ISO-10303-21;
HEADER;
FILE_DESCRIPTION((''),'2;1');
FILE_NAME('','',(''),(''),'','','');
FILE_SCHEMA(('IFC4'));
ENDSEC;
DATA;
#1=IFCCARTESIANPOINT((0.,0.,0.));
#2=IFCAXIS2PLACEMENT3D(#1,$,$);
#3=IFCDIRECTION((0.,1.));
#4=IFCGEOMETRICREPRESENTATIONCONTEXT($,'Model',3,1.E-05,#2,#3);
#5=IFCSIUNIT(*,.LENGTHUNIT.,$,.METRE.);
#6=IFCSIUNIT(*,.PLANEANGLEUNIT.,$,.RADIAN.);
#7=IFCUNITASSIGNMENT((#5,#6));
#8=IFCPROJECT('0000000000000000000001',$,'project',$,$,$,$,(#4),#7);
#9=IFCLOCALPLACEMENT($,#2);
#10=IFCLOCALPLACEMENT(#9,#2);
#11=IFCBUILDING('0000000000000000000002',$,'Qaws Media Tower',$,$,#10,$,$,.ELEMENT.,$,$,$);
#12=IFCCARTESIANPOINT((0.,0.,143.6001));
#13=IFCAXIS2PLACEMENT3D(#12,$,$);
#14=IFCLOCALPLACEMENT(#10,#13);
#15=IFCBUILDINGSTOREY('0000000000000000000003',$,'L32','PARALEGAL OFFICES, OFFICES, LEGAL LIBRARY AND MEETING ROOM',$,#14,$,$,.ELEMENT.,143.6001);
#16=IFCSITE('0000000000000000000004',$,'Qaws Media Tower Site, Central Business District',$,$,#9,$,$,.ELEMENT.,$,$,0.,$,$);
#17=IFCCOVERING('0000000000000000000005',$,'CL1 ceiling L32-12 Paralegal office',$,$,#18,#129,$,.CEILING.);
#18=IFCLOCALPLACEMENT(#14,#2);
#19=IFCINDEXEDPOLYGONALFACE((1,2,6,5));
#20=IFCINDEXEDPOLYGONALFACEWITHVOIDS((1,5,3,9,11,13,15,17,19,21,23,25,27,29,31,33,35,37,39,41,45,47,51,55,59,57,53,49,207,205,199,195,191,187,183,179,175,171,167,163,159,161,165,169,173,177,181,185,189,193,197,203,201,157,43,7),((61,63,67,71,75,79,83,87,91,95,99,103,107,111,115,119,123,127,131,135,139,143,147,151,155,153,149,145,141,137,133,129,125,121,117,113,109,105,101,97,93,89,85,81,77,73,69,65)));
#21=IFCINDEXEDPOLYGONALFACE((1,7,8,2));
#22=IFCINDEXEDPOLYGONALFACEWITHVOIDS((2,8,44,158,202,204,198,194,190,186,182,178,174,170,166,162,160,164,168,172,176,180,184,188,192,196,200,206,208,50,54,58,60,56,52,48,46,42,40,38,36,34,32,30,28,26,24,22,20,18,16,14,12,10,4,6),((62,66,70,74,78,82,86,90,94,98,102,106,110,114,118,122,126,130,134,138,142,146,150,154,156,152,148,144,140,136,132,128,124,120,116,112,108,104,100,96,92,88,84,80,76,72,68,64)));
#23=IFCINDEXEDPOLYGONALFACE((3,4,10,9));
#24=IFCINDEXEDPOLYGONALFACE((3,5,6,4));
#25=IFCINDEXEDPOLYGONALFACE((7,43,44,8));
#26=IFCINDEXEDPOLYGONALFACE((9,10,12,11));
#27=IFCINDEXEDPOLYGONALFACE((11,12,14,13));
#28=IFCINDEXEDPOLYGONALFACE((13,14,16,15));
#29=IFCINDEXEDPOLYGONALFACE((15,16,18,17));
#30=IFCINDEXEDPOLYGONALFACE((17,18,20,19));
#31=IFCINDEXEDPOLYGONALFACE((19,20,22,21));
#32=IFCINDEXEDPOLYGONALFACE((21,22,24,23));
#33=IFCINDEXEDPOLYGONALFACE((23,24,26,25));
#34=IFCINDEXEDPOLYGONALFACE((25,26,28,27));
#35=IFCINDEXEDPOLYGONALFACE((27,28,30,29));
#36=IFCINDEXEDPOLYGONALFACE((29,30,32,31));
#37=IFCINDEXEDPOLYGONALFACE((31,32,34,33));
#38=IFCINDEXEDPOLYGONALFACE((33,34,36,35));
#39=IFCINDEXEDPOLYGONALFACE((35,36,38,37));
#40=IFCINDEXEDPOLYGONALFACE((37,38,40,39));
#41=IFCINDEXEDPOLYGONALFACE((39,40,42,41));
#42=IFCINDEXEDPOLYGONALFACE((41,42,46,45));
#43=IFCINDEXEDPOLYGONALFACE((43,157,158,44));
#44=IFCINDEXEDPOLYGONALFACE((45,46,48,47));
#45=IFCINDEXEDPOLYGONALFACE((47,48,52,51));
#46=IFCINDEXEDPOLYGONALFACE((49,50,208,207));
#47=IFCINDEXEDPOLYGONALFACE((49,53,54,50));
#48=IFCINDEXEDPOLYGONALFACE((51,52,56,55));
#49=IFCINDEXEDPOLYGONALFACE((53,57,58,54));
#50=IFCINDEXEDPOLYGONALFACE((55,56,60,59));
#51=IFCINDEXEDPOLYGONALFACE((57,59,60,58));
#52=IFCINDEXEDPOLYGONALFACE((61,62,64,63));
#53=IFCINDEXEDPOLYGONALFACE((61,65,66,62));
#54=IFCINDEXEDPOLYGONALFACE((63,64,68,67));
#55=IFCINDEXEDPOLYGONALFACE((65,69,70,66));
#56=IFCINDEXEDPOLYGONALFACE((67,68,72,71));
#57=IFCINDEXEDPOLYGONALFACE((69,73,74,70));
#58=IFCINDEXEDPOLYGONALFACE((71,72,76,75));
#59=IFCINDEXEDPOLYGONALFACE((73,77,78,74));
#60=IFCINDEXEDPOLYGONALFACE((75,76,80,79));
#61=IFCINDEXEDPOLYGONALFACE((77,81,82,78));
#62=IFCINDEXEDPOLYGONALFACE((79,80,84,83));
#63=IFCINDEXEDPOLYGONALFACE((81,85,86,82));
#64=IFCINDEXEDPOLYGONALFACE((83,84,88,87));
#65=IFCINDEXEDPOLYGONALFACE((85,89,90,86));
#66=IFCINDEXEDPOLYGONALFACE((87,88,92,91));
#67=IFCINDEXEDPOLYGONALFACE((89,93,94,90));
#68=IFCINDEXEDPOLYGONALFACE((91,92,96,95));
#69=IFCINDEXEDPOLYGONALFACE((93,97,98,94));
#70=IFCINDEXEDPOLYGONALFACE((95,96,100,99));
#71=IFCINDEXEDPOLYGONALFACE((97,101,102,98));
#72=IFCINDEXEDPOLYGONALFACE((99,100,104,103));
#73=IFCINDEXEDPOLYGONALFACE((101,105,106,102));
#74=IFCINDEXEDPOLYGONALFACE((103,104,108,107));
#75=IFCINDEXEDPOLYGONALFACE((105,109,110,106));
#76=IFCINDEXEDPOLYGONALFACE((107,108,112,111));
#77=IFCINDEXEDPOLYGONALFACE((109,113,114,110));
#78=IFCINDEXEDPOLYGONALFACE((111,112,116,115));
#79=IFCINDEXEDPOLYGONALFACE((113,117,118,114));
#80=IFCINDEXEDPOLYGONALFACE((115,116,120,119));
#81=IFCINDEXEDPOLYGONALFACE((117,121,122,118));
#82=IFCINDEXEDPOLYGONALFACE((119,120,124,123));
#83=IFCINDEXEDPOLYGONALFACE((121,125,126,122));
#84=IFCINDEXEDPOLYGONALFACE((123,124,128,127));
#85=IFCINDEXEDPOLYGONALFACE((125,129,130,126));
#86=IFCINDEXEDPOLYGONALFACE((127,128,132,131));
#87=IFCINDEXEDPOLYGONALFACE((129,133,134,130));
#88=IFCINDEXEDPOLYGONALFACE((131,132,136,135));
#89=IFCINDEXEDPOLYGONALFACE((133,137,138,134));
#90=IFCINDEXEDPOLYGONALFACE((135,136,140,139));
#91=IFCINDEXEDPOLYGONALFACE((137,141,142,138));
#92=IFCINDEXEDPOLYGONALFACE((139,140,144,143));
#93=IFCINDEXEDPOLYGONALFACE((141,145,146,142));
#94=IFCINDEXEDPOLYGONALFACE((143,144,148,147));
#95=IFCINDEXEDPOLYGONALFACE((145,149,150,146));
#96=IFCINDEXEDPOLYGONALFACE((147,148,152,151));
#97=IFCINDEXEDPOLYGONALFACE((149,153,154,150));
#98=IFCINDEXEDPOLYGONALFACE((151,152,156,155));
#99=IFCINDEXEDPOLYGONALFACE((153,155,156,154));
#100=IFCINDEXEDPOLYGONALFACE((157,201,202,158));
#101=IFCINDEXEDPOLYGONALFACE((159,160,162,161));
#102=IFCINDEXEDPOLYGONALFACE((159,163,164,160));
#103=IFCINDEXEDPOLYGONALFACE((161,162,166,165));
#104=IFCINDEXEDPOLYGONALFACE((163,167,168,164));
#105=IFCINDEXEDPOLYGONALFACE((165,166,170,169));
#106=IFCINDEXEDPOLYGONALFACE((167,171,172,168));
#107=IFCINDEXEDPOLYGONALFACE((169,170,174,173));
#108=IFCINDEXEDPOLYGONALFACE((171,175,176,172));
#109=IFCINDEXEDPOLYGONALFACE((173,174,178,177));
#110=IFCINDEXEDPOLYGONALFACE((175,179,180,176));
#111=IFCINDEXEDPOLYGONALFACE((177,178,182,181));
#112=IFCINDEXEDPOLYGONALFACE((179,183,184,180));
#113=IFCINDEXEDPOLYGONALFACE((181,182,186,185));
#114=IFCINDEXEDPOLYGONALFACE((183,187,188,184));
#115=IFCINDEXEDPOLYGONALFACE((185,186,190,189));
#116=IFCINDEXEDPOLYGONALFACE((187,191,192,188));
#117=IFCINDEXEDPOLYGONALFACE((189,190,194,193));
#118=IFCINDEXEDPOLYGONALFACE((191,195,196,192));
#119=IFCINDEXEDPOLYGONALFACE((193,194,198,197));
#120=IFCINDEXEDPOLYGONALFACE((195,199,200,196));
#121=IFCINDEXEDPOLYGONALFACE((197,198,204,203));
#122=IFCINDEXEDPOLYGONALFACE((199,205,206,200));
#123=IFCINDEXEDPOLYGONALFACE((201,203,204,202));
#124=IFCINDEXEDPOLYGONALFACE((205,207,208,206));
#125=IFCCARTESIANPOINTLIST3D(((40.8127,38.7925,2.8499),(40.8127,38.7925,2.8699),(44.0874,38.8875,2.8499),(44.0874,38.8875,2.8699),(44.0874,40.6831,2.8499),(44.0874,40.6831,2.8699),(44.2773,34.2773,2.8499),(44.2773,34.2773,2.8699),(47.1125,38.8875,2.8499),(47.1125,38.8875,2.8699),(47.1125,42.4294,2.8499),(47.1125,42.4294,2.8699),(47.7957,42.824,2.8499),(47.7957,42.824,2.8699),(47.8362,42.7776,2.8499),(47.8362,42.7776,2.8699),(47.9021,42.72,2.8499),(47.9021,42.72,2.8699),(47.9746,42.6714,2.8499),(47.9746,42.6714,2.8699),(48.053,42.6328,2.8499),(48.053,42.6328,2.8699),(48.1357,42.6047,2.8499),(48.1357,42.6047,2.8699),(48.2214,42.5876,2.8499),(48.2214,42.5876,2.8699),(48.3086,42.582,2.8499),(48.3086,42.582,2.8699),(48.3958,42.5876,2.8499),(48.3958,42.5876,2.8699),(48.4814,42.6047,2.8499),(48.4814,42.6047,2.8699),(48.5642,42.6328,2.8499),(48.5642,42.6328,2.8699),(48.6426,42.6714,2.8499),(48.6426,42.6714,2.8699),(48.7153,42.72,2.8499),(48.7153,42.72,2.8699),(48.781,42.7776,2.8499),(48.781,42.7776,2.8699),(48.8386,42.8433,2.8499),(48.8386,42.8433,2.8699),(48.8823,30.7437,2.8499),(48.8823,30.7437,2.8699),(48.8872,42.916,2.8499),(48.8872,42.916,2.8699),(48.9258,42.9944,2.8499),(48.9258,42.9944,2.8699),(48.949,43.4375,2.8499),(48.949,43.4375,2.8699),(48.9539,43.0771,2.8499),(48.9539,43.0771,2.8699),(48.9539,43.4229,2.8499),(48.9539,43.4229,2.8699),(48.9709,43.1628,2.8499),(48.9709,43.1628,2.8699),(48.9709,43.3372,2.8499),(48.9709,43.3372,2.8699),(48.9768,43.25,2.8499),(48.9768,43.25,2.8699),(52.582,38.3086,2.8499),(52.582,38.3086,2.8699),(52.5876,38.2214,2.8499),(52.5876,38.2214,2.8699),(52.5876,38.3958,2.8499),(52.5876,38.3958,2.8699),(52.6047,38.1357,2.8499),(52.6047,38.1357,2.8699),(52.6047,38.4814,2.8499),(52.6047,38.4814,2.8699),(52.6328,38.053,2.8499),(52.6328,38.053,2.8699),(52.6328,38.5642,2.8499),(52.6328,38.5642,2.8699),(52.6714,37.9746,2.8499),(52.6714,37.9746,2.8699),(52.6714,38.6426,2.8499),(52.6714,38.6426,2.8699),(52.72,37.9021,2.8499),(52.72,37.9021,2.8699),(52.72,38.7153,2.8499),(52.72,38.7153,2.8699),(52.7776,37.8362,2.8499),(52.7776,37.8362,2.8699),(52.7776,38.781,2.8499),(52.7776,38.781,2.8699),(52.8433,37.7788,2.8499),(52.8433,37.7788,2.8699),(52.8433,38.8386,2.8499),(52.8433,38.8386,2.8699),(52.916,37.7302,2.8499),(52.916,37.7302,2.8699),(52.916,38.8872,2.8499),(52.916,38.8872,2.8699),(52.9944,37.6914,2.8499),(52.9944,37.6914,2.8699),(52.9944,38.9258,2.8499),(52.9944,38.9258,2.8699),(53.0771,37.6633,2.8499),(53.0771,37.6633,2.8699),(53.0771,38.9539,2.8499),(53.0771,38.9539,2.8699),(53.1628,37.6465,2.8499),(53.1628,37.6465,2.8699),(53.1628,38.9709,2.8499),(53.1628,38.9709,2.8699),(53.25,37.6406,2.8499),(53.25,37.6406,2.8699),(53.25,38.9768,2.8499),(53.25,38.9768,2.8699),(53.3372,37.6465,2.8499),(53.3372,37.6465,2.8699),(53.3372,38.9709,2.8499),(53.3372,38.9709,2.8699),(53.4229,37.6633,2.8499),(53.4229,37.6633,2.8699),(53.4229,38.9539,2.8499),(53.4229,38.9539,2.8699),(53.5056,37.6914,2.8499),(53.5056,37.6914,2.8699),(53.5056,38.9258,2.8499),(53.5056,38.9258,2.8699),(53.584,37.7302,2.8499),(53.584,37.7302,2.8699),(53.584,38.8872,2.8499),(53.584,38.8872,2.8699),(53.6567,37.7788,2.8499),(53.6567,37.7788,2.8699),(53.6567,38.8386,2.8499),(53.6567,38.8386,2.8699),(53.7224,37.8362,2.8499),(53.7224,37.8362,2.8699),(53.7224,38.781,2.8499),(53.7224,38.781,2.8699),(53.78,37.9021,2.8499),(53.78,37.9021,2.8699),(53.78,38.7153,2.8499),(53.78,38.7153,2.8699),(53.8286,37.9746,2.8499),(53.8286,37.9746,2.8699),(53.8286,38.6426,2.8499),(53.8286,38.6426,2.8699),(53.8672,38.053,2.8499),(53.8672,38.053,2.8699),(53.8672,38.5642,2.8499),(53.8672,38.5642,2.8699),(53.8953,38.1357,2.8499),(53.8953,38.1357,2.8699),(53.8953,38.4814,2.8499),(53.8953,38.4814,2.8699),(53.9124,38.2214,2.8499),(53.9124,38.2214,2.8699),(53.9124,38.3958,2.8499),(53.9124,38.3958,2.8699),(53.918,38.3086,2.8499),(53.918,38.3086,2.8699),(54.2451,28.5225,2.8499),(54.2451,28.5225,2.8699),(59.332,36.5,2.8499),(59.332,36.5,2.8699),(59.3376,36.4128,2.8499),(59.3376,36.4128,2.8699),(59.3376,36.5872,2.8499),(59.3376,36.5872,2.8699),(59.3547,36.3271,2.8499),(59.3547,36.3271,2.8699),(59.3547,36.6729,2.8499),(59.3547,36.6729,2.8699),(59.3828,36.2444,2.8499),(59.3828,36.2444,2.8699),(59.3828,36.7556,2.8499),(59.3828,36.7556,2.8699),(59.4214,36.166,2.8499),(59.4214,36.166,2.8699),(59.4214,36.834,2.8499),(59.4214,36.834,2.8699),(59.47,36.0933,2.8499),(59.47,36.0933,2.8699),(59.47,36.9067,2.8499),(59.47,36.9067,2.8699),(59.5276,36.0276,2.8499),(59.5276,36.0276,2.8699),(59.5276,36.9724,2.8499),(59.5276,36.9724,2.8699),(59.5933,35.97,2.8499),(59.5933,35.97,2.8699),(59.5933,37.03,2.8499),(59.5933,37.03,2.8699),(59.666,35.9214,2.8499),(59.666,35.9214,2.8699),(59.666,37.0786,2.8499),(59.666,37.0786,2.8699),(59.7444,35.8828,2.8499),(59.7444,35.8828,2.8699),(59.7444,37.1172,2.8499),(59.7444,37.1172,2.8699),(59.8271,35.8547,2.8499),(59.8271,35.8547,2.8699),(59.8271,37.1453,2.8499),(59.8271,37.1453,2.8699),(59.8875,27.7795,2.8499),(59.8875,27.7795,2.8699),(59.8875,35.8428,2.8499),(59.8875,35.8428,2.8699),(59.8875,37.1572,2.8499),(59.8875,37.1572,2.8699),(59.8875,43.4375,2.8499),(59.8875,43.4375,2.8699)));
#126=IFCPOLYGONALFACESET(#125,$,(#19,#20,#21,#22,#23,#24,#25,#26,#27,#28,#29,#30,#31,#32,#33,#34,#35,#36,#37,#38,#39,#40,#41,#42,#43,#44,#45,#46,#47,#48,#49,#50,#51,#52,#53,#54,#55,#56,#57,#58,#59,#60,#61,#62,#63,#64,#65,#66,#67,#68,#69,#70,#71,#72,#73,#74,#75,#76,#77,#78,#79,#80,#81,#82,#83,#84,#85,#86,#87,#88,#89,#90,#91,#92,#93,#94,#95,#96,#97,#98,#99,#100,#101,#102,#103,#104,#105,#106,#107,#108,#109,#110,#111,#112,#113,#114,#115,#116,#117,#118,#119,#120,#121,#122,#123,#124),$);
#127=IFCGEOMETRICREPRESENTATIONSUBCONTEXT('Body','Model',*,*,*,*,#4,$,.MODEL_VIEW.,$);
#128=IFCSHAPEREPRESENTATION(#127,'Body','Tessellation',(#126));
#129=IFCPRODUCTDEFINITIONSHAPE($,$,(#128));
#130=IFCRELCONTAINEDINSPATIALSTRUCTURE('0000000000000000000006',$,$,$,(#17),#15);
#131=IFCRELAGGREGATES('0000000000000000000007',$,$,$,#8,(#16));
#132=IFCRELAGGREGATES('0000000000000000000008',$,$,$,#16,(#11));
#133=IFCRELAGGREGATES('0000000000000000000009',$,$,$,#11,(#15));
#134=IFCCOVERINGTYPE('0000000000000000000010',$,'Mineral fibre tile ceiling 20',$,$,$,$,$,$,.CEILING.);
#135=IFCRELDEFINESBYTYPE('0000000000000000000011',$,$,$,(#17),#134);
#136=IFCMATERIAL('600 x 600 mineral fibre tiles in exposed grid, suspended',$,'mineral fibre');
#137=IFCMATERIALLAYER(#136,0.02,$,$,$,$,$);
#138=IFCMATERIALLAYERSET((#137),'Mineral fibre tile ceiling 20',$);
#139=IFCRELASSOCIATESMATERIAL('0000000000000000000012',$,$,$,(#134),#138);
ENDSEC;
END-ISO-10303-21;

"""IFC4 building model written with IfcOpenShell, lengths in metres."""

from ifc_helpers import new_model, si_unit, direction, frame, origin, place, context, subcontext, project, spatial, polyline, outline, extrude, material, layer, layer_set, type_object, element, save


model = new_model("IFC4")

# Units and contexts
model_context = context("Model", 3, precision=1e-05, world=origin(), true_north=direction((0.0, 1.0)))
body_context = subcontext(model_context, "Body", "Model", "MODEL_VIEW")
ifc_project = project(units=[si_unit("LENGTHUNIT", "METRE"), si_unit("PLANEANGLEUNIT", "RADIAN")], contexts=[model_context])

# Site, building, storey
site_placement = place(None, origin())
site = spatial("IfcSite", under=ifc_project, at=site_placement, Name="Qaws Media Tower Site, Central Business District", CompositionType="ELEMENT", RefElevation=0.0)
building_placement = place(site_placement, origin())
building = spatial("IfcBuilding", under=site, at=building_placement, Name="Qaws Media Tower", CompositionType="ELEMENT")
storey_placement = place(building_placement, frame((0.0, 0.0, 143.6001)))
storey = spatial("IfcBuildingStorey", under=building, at=storey_placement, Name="L32", Description="PARALEGAL OFFICES, OFFICES, LEGAL LIBRARY AND MEETING ROOM", CompositionType="ELEMENT", Elevation=143.6001)

# Covering
ifc_material_1 = material(Name="600 x 600 mineral fibre tiles in exposed grid, suspended", Category="mineral fibre")
ifc_layer_1 = layer(ifc_material_1, 0.02)
ifc_layer_set_1 = layer_set([ifc_layer_1], Name="Mineral fibre tile ceiling 20")
covering_type_1 = type_object("IfcCoveringType", Name="Mineral fibre tile ceiling 20", PredefinedType="CEILING", material=ifc_layer_set_1)
covering_1_placement = place(storey_placement, frame((0.0, 0.0, 2.8499)))
element("IfcCovering", 1, at=covering_1_placement, inside=storey, type_object=covering_type_1, Name="CL1 ceiling L32-12 Paralegal office", PredefinedType="CEILING", context=body_context, shape_type="SweptSolid", body=[
    extrude(outline(polyline([(54.2451, 28.5225), (48.8823, 30.7437), (44.2773, 34.2773), (40.8127, 38.7925), (44.0874, 40.6831), (44.0874, 38.8875), (47.1125, 38.8875), (47.1125, 42.4294), (47.7957, 42.824), (47.8362, 42.7776), (47.9021, 42.72), (47.9746, 42.6714), (48.053, 42.6328), (48.1357, 42.6047), (48.2214, 42.5876), (48.3086, 42.582), (48.3958, 42.5876), (48.4814, 42.6047), (48.5642, 42.6328), (48.6426, 42.6714), (48.7153, 42.72), (48.781, 42.7776), (48.8386, 42.8433), (48.8872, 42.916), (48.9258, 42.9944), (48.9539, 43.0771), (48.9709, 43.1628), (48.9768, 43.25), (48.9709, 43.3372), (48.9539, 43.4229), (48.949, 43.4375), (59.8875, 43.4375), (59.8875, 37.1572), (59.8271, 37.1453), (59.7444, 37.1172), (59.666, 37.0786), (59.5933, 37.03), (59.5276, 36.9724), (59.47, 36.9067), (59.4214, 36.834), (59.3828, 36.7556), (59.3547, 36.6729), (59.3376, 36.5872), (59.332, 36.5), (59.3376, 36.4128), (59.3547, 36.3271), (59.3828, 36.2444), (59.4214, 36.166), (59.47, 36.0933), (59.5276, 36.0276), (59.5933, 35.97), (59.666, 35.9214), (59.7444, 35.8828), (59.8271, 35.8547), (59.8875, 35.8428), (59.8875, 27.7795), (54.2451, 28.5225)]), holes=[polyline([(53.8953, 38.1357), (53.9124, 38.2214), (53.918, 38.3086), (53.9124, 38.3958), (53.8953, 38.4814), (53.8672, 38.5642), (53.8286, 38.6426), (53.78, 38.7153), (53.7224, 38.781), (53.6567, 38.8386), (53.584, 38.8872), (53.5056, 38.9258), (53.4229, 38.9539), (53.3372, 38.9709), (53.25, 38.9768), (53.1628, 38.9709), (53.0771, 38.9539), (52.9944, 38.9258), (52.916, 38.8872), (52.8433, 38.8386), (52.7776, 38.781), (52.72, 38.7153), (52.6714, 38.6426), (52.6328, 38.5642), (52.6047, 38.4814), (52.5876, 38.3958), (52.582, 38.3086), (52.5876, 38.2214), (52.6047, 38.1357), (52.6328, 38.053), (52.6714, 37.9746), (52.72, 37.9021), (52.7776, 37.8362), (52.8433, 37.7788), (52.916, 37.7302), (52.9944, 37.6914), (53.0771, 37.6633), (53.1628, 37.6465), (53.25, 37.6406), (53.3372, 37.6465), (53.4229, 37.6633), (53.5056, 37.6914), (53.584, 37.7302), (53.6567, 37.7788), (53.7224, 37.8362), (53.78, 37.9021), (53.8286, 37.9746), (53.8672, 38.053), (53.8953, 38.1357)])]), origin(), (0.0, 0.0, 1.0), 0.02),
])

save(model, "model.ifc")
